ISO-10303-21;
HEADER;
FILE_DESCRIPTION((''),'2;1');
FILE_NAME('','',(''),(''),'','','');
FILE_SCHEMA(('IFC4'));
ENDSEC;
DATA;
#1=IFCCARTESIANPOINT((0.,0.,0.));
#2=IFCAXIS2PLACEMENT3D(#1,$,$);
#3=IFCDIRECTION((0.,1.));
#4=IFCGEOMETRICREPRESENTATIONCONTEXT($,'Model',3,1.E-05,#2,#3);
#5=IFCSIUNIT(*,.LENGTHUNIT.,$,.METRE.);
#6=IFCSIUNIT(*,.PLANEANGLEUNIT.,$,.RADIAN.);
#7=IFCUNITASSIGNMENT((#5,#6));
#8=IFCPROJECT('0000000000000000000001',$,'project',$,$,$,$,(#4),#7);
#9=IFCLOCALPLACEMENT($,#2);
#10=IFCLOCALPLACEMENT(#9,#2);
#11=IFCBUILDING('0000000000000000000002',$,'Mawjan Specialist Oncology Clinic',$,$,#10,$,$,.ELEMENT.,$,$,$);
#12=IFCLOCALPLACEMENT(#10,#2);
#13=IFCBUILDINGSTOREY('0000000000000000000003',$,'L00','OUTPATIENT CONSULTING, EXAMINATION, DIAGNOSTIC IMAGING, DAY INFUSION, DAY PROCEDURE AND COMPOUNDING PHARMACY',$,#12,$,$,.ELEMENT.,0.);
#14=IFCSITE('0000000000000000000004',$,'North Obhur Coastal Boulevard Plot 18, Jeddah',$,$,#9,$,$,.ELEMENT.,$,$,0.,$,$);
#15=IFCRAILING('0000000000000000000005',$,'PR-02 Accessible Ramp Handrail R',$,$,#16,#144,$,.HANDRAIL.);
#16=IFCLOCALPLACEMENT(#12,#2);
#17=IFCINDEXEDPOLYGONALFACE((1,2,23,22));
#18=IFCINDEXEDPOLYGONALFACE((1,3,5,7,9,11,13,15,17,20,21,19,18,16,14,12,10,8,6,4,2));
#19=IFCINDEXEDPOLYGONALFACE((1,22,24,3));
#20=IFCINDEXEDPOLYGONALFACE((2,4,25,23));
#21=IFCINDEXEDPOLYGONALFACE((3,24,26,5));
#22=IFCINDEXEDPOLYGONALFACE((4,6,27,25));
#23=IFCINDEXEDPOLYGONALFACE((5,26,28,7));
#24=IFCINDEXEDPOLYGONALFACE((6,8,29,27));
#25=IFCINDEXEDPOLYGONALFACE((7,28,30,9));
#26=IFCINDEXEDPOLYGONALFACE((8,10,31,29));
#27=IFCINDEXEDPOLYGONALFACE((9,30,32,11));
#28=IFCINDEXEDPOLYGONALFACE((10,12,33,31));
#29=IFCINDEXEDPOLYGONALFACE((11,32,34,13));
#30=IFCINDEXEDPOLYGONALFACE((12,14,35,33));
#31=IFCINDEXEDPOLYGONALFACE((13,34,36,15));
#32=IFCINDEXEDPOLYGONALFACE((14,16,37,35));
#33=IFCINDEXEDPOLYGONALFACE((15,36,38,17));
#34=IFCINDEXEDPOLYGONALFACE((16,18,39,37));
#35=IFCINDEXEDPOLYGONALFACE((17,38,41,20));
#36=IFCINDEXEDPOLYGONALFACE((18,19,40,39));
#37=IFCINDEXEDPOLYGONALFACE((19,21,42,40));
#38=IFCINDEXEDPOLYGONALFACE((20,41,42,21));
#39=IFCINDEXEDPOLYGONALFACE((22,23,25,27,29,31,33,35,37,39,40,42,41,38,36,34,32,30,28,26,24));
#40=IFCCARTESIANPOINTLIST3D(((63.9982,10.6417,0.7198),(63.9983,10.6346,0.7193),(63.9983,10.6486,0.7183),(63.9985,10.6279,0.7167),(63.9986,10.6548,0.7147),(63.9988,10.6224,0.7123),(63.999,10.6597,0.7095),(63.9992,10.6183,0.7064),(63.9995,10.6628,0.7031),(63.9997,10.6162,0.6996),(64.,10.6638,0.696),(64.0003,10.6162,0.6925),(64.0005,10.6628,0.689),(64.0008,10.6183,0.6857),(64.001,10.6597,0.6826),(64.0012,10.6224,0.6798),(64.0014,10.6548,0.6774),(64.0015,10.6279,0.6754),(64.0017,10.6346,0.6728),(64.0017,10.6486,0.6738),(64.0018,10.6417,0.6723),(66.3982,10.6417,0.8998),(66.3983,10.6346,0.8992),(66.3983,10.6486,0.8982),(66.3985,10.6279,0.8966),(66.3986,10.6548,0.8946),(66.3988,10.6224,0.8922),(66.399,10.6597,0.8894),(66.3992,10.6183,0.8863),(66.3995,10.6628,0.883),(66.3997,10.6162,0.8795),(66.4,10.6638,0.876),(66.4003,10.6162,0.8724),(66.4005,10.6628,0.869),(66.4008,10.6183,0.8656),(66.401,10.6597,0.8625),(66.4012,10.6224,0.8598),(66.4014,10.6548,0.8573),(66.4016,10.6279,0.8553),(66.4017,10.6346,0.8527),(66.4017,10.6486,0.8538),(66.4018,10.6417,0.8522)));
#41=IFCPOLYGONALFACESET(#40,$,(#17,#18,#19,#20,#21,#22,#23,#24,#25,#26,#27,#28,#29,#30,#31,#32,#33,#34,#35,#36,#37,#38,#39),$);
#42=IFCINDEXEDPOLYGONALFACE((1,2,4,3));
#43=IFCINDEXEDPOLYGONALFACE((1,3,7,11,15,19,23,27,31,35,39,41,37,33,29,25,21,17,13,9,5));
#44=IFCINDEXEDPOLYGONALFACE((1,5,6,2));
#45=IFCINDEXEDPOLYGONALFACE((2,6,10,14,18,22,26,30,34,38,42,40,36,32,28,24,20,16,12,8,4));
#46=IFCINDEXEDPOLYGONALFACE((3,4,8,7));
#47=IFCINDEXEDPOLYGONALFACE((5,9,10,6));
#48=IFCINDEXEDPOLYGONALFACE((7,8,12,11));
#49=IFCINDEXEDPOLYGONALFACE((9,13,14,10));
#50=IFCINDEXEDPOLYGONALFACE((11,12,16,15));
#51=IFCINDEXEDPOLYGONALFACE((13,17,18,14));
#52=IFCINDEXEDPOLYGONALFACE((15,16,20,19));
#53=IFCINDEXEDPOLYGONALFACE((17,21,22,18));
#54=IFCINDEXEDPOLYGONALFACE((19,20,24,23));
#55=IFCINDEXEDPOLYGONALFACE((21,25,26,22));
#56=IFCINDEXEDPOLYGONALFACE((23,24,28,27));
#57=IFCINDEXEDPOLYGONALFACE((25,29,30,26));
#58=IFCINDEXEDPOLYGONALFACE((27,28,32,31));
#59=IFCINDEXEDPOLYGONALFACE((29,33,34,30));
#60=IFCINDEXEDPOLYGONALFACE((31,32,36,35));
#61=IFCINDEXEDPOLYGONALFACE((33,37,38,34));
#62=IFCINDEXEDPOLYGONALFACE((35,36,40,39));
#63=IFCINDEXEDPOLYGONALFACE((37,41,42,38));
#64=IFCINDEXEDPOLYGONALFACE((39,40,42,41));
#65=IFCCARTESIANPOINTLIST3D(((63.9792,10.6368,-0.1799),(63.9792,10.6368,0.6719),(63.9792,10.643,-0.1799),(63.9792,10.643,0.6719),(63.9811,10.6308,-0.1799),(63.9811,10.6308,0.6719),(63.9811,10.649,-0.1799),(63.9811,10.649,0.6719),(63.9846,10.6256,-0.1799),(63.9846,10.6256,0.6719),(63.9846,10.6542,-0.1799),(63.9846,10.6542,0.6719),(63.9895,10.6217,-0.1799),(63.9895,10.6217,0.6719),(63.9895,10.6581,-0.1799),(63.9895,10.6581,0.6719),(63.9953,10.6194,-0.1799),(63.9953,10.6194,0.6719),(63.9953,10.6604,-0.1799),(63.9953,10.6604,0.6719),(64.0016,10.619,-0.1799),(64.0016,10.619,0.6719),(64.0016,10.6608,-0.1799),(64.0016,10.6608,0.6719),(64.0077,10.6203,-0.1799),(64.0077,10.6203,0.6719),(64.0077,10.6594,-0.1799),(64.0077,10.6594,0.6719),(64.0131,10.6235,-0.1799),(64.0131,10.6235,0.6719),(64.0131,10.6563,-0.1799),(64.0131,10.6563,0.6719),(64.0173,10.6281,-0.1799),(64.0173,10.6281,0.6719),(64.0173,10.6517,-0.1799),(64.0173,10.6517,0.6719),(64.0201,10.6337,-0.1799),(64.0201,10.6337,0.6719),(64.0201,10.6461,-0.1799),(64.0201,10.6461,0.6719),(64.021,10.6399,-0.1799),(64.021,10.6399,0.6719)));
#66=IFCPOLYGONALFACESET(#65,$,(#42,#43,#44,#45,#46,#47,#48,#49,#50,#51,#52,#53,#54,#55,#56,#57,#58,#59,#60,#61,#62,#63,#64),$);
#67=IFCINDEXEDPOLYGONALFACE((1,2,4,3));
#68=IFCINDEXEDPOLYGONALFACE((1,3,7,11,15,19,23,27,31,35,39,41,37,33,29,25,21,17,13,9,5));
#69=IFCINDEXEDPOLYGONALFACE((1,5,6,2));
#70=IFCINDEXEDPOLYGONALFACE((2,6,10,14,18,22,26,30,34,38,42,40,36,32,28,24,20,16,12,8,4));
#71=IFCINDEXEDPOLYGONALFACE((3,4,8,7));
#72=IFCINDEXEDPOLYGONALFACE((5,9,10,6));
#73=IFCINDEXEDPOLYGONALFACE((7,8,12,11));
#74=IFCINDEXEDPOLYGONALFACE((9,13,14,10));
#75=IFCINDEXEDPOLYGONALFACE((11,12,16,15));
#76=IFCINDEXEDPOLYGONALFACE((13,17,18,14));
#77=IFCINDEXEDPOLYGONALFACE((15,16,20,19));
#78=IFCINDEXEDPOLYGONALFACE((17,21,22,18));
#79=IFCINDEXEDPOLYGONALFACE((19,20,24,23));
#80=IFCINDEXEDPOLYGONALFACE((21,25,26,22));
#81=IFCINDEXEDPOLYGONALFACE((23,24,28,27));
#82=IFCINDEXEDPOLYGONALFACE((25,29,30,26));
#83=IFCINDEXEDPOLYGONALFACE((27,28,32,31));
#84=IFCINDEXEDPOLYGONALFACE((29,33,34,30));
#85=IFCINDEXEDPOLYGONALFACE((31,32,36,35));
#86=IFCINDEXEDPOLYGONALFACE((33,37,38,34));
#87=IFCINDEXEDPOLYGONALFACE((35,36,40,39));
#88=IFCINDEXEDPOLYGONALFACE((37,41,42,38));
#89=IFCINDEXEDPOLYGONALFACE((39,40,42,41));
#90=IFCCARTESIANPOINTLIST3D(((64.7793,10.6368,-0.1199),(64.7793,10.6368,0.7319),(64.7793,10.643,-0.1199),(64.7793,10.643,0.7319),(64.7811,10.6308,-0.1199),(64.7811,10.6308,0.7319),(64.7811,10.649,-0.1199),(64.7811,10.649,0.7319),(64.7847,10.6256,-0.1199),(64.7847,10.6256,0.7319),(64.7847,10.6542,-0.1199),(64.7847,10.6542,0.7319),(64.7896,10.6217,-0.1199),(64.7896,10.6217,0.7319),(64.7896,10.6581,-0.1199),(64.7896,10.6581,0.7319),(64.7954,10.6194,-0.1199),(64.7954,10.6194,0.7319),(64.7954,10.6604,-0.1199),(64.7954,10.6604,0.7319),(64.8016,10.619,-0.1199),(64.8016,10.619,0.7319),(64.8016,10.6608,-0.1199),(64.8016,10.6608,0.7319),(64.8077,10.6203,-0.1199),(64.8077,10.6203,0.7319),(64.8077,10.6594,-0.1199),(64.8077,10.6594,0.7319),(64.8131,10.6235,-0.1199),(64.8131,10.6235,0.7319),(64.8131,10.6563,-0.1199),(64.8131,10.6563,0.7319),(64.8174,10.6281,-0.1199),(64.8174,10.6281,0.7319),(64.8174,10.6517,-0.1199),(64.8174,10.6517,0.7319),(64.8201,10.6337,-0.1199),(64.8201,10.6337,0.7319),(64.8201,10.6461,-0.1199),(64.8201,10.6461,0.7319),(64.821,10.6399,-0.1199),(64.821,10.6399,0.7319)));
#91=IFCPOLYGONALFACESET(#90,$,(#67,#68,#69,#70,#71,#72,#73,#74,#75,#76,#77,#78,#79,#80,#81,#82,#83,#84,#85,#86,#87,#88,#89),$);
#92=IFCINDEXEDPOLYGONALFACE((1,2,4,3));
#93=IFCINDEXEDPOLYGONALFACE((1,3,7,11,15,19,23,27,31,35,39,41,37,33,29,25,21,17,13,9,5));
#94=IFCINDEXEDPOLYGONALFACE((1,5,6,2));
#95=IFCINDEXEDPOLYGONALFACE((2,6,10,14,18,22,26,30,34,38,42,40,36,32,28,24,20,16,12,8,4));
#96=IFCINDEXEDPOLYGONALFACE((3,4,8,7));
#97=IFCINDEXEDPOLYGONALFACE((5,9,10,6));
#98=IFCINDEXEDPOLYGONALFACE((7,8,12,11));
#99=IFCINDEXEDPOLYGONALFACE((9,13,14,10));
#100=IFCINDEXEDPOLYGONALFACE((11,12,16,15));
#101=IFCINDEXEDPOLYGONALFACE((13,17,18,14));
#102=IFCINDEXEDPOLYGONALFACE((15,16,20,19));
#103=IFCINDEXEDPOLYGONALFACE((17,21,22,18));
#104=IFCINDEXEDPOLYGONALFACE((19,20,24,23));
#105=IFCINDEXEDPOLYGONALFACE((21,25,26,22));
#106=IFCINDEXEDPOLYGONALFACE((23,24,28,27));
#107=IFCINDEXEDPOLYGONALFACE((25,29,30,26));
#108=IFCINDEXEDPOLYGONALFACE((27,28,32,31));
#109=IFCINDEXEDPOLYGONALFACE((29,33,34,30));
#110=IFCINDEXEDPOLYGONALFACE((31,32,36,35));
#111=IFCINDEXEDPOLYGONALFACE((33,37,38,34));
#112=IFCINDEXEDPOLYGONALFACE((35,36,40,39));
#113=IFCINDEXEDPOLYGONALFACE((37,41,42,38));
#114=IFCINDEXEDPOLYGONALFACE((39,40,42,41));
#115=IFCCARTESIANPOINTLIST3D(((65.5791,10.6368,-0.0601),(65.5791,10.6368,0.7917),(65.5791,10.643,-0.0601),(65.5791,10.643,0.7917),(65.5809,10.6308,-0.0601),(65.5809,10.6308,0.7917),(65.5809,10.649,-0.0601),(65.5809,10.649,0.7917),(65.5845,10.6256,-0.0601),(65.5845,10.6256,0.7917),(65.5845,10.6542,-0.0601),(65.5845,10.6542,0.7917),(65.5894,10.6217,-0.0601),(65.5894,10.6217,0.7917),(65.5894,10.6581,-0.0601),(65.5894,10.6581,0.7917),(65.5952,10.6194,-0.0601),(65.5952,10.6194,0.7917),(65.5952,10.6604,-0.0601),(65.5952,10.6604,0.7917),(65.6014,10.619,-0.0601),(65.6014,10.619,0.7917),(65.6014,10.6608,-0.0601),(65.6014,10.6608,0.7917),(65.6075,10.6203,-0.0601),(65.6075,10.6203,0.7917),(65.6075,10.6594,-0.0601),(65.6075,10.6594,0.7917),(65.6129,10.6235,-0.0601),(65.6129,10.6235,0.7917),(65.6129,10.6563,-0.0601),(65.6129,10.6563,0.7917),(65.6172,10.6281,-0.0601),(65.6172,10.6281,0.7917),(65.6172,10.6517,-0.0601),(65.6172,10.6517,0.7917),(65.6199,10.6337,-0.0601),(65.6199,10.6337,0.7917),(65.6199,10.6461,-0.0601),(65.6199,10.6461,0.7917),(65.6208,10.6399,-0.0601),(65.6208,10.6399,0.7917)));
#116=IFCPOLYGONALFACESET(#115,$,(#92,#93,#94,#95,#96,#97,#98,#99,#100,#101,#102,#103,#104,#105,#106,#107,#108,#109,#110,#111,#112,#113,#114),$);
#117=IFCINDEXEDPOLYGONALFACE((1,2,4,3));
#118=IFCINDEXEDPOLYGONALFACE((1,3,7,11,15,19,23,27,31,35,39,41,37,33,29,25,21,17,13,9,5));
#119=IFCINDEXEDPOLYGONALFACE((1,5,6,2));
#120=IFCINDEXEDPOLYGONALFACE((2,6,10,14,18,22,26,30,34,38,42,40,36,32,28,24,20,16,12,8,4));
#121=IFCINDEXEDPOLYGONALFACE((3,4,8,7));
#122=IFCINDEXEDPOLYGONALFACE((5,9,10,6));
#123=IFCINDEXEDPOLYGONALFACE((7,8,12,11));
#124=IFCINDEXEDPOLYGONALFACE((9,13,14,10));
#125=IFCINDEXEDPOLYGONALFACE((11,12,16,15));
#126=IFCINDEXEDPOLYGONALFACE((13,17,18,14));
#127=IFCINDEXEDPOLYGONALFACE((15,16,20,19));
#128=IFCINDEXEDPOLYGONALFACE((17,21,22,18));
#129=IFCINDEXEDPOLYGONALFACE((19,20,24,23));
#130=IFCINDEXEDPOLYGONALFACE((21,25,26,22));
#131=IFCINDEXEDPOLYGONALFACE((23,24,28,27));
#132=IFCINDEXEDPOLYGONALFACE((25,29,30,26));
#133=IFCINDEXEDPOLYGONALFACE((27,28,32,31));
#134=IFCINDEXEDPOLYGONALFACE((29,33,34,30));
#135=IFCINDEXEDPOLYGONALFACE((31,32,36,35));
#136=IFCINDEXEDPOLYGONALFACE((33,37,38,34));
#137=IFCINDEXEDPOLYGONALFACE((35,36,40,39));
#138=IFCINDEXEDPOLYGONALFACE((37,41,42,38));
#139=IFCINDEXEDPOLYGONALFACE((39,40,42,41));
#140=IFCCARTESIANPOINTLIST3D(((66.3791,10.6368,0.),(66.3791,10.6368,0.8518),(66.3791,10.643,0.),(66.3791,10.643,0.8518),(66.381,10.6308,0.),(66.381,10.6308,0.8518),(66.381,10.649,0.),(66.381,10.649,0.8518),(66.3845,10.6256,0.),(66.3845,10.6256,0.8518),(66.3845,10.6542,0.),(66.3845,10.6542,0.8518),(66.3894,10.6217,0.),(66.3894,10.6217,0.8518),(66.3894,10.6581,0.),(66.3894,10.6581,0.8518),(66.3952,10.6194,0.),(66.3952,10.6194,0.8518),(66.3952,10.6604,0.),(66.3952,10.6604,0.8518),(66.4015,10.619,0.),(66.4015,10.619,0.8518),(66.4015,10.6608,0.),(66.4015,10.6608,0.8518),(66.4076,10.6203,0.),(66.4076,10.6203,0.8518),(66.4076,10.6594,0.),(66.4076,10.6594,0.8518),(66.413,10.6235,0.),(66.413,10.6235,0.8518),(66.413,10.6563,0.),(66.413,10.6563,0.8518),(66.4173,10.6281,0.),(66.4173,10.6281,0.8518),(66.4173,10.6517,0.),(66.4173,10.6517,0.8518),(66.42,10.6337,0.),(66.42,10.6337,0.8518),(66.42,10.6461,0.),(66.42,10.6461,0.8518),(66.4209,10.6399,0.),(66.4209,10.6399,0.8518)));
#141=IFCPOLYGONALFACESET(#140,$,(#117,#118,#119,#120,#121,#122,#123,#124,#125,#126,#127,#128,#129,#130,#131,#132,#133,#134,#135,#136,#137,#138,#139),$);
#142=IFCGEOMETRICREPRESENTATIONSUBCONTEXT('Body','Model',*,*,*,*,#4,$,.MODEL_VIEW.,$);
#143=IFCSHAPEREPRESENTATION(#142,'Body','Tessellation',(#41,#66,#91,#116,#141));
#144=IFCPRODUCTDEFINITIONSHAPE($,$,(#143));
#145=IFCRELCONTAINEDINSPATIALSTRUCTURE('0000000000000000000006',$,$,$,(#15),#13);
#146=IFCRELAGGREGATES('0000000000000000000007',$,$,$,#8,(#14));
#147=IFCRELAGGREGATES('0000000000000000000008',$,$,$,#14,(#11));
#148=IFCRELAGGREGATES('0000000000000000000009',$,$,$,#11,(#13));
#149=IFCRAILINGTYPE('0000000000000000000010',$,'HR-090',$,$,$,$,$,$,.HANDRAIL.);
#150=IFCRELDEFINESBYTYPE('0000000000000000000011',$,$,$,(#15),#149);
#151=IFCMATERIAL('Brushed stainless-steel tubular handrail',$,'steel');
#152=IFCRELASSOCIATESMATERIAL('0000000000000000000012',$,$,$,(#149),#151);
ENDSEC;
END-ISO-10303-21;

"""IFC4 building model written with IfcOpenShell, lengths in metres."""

from ifc_helpers import new_model, si_unit, direction, frame, origin, origin_2d, place, context, subcontext, project, spatial, circle, extrude, material, type_object, element, save


model = new_model("IFC4")

# Units and contexts
model_context = context("Model", 3, precision=1e-05, world=origin(), true_north=direction((0.0, 1.0)))
body_context = subcontext(model_context, "Body", "Model", "MODEL_VIEW")
ifc_project = project(units=[si_unit("LENGTHUNIT", "METRE"), si_unit("PLANEANGLEUNIT", "RADIAN")], contexts=[model_context])

# Site, building, storey
site_placement = place(None, origin())
site = spatial("IfcSite", under=ifc_project, at=site_placement, Name="North Obhur Coastal Boulevard Plot 18, Jeddah", CompositionType="ELEMENT", RefElevation=0.0)
building_placement = place(site_placement, origin())
building = spatial("IfcBuilding", under=site, at=building_placement, Name="Mawjan Specialist Oncology Clinic", CompositionType="ELEMENT")
storey_placement = place(building_placement, origin())
storey = spatial("IfcBuildingStorey", under=building, at=storey_placement, Name="L00", Description="OUTPATIENT CONSULTING, EXAMINATION, DIAGNOSTIC IMAGING, DAY INFUSION, DAY PROCEDURE AND COMPOUNDING PHARMACY", CompositionType="ELEMENT", Elevation=0.0)

# Railing
ifc_material_1 = material(Name="Brushed stainless-steel tubular handrail", Category="steel")
railing_type = type_object("IfcRailingType", Name="HR-090", PredefinedType="HANDRAIL", material=ifc_material_1)
for number, where, name in (
    (1, (64.0, 10.6399, -0.1799), "PR-02 Accessible Ramp Handrail R"),
):
    element("IfcRailing", number, at=place(storey_placement, frame(where)), inside=storey, type_object=railing_type, Name=name, PredefinedType="HANDRAIL", context=body_context, shape_type="SweptSolid", body=[
        extrude(circle(Radius=0.0239, at=origin_2d()), frame((0.0, 0.0, 0.876), z_axis=(0.997201, 0.0, 0.074765), x_axis=(0.0, 1.0, 0.0)), (0.0, 0.0, 1.0), 2.4067),
        extrude(circle(Radius=0.021, at=origin_2d()), origin(), (0.0, 0.0, 1.0), 0.8518),
        extrude(circle(Radius=0.021, at=origin_2d()), frame((0.8, 0.0, 0.0601)), (0.0, 0.0, 1.0), 0.8518),
        extrude(circle(Radius=0.021, at=origin_2d()), frame((1.5999, 0.0, 0.1199)), (0.0, 0.0, 1.0), 0.8518),
        extrude(circle(Radius=0.021, at=origin_2d()), frame((2.3999, 0.0, 0.1799)), (0.0, 0.0, 1.0), 0.8518),
    ])

save(model, "model.ifc")
